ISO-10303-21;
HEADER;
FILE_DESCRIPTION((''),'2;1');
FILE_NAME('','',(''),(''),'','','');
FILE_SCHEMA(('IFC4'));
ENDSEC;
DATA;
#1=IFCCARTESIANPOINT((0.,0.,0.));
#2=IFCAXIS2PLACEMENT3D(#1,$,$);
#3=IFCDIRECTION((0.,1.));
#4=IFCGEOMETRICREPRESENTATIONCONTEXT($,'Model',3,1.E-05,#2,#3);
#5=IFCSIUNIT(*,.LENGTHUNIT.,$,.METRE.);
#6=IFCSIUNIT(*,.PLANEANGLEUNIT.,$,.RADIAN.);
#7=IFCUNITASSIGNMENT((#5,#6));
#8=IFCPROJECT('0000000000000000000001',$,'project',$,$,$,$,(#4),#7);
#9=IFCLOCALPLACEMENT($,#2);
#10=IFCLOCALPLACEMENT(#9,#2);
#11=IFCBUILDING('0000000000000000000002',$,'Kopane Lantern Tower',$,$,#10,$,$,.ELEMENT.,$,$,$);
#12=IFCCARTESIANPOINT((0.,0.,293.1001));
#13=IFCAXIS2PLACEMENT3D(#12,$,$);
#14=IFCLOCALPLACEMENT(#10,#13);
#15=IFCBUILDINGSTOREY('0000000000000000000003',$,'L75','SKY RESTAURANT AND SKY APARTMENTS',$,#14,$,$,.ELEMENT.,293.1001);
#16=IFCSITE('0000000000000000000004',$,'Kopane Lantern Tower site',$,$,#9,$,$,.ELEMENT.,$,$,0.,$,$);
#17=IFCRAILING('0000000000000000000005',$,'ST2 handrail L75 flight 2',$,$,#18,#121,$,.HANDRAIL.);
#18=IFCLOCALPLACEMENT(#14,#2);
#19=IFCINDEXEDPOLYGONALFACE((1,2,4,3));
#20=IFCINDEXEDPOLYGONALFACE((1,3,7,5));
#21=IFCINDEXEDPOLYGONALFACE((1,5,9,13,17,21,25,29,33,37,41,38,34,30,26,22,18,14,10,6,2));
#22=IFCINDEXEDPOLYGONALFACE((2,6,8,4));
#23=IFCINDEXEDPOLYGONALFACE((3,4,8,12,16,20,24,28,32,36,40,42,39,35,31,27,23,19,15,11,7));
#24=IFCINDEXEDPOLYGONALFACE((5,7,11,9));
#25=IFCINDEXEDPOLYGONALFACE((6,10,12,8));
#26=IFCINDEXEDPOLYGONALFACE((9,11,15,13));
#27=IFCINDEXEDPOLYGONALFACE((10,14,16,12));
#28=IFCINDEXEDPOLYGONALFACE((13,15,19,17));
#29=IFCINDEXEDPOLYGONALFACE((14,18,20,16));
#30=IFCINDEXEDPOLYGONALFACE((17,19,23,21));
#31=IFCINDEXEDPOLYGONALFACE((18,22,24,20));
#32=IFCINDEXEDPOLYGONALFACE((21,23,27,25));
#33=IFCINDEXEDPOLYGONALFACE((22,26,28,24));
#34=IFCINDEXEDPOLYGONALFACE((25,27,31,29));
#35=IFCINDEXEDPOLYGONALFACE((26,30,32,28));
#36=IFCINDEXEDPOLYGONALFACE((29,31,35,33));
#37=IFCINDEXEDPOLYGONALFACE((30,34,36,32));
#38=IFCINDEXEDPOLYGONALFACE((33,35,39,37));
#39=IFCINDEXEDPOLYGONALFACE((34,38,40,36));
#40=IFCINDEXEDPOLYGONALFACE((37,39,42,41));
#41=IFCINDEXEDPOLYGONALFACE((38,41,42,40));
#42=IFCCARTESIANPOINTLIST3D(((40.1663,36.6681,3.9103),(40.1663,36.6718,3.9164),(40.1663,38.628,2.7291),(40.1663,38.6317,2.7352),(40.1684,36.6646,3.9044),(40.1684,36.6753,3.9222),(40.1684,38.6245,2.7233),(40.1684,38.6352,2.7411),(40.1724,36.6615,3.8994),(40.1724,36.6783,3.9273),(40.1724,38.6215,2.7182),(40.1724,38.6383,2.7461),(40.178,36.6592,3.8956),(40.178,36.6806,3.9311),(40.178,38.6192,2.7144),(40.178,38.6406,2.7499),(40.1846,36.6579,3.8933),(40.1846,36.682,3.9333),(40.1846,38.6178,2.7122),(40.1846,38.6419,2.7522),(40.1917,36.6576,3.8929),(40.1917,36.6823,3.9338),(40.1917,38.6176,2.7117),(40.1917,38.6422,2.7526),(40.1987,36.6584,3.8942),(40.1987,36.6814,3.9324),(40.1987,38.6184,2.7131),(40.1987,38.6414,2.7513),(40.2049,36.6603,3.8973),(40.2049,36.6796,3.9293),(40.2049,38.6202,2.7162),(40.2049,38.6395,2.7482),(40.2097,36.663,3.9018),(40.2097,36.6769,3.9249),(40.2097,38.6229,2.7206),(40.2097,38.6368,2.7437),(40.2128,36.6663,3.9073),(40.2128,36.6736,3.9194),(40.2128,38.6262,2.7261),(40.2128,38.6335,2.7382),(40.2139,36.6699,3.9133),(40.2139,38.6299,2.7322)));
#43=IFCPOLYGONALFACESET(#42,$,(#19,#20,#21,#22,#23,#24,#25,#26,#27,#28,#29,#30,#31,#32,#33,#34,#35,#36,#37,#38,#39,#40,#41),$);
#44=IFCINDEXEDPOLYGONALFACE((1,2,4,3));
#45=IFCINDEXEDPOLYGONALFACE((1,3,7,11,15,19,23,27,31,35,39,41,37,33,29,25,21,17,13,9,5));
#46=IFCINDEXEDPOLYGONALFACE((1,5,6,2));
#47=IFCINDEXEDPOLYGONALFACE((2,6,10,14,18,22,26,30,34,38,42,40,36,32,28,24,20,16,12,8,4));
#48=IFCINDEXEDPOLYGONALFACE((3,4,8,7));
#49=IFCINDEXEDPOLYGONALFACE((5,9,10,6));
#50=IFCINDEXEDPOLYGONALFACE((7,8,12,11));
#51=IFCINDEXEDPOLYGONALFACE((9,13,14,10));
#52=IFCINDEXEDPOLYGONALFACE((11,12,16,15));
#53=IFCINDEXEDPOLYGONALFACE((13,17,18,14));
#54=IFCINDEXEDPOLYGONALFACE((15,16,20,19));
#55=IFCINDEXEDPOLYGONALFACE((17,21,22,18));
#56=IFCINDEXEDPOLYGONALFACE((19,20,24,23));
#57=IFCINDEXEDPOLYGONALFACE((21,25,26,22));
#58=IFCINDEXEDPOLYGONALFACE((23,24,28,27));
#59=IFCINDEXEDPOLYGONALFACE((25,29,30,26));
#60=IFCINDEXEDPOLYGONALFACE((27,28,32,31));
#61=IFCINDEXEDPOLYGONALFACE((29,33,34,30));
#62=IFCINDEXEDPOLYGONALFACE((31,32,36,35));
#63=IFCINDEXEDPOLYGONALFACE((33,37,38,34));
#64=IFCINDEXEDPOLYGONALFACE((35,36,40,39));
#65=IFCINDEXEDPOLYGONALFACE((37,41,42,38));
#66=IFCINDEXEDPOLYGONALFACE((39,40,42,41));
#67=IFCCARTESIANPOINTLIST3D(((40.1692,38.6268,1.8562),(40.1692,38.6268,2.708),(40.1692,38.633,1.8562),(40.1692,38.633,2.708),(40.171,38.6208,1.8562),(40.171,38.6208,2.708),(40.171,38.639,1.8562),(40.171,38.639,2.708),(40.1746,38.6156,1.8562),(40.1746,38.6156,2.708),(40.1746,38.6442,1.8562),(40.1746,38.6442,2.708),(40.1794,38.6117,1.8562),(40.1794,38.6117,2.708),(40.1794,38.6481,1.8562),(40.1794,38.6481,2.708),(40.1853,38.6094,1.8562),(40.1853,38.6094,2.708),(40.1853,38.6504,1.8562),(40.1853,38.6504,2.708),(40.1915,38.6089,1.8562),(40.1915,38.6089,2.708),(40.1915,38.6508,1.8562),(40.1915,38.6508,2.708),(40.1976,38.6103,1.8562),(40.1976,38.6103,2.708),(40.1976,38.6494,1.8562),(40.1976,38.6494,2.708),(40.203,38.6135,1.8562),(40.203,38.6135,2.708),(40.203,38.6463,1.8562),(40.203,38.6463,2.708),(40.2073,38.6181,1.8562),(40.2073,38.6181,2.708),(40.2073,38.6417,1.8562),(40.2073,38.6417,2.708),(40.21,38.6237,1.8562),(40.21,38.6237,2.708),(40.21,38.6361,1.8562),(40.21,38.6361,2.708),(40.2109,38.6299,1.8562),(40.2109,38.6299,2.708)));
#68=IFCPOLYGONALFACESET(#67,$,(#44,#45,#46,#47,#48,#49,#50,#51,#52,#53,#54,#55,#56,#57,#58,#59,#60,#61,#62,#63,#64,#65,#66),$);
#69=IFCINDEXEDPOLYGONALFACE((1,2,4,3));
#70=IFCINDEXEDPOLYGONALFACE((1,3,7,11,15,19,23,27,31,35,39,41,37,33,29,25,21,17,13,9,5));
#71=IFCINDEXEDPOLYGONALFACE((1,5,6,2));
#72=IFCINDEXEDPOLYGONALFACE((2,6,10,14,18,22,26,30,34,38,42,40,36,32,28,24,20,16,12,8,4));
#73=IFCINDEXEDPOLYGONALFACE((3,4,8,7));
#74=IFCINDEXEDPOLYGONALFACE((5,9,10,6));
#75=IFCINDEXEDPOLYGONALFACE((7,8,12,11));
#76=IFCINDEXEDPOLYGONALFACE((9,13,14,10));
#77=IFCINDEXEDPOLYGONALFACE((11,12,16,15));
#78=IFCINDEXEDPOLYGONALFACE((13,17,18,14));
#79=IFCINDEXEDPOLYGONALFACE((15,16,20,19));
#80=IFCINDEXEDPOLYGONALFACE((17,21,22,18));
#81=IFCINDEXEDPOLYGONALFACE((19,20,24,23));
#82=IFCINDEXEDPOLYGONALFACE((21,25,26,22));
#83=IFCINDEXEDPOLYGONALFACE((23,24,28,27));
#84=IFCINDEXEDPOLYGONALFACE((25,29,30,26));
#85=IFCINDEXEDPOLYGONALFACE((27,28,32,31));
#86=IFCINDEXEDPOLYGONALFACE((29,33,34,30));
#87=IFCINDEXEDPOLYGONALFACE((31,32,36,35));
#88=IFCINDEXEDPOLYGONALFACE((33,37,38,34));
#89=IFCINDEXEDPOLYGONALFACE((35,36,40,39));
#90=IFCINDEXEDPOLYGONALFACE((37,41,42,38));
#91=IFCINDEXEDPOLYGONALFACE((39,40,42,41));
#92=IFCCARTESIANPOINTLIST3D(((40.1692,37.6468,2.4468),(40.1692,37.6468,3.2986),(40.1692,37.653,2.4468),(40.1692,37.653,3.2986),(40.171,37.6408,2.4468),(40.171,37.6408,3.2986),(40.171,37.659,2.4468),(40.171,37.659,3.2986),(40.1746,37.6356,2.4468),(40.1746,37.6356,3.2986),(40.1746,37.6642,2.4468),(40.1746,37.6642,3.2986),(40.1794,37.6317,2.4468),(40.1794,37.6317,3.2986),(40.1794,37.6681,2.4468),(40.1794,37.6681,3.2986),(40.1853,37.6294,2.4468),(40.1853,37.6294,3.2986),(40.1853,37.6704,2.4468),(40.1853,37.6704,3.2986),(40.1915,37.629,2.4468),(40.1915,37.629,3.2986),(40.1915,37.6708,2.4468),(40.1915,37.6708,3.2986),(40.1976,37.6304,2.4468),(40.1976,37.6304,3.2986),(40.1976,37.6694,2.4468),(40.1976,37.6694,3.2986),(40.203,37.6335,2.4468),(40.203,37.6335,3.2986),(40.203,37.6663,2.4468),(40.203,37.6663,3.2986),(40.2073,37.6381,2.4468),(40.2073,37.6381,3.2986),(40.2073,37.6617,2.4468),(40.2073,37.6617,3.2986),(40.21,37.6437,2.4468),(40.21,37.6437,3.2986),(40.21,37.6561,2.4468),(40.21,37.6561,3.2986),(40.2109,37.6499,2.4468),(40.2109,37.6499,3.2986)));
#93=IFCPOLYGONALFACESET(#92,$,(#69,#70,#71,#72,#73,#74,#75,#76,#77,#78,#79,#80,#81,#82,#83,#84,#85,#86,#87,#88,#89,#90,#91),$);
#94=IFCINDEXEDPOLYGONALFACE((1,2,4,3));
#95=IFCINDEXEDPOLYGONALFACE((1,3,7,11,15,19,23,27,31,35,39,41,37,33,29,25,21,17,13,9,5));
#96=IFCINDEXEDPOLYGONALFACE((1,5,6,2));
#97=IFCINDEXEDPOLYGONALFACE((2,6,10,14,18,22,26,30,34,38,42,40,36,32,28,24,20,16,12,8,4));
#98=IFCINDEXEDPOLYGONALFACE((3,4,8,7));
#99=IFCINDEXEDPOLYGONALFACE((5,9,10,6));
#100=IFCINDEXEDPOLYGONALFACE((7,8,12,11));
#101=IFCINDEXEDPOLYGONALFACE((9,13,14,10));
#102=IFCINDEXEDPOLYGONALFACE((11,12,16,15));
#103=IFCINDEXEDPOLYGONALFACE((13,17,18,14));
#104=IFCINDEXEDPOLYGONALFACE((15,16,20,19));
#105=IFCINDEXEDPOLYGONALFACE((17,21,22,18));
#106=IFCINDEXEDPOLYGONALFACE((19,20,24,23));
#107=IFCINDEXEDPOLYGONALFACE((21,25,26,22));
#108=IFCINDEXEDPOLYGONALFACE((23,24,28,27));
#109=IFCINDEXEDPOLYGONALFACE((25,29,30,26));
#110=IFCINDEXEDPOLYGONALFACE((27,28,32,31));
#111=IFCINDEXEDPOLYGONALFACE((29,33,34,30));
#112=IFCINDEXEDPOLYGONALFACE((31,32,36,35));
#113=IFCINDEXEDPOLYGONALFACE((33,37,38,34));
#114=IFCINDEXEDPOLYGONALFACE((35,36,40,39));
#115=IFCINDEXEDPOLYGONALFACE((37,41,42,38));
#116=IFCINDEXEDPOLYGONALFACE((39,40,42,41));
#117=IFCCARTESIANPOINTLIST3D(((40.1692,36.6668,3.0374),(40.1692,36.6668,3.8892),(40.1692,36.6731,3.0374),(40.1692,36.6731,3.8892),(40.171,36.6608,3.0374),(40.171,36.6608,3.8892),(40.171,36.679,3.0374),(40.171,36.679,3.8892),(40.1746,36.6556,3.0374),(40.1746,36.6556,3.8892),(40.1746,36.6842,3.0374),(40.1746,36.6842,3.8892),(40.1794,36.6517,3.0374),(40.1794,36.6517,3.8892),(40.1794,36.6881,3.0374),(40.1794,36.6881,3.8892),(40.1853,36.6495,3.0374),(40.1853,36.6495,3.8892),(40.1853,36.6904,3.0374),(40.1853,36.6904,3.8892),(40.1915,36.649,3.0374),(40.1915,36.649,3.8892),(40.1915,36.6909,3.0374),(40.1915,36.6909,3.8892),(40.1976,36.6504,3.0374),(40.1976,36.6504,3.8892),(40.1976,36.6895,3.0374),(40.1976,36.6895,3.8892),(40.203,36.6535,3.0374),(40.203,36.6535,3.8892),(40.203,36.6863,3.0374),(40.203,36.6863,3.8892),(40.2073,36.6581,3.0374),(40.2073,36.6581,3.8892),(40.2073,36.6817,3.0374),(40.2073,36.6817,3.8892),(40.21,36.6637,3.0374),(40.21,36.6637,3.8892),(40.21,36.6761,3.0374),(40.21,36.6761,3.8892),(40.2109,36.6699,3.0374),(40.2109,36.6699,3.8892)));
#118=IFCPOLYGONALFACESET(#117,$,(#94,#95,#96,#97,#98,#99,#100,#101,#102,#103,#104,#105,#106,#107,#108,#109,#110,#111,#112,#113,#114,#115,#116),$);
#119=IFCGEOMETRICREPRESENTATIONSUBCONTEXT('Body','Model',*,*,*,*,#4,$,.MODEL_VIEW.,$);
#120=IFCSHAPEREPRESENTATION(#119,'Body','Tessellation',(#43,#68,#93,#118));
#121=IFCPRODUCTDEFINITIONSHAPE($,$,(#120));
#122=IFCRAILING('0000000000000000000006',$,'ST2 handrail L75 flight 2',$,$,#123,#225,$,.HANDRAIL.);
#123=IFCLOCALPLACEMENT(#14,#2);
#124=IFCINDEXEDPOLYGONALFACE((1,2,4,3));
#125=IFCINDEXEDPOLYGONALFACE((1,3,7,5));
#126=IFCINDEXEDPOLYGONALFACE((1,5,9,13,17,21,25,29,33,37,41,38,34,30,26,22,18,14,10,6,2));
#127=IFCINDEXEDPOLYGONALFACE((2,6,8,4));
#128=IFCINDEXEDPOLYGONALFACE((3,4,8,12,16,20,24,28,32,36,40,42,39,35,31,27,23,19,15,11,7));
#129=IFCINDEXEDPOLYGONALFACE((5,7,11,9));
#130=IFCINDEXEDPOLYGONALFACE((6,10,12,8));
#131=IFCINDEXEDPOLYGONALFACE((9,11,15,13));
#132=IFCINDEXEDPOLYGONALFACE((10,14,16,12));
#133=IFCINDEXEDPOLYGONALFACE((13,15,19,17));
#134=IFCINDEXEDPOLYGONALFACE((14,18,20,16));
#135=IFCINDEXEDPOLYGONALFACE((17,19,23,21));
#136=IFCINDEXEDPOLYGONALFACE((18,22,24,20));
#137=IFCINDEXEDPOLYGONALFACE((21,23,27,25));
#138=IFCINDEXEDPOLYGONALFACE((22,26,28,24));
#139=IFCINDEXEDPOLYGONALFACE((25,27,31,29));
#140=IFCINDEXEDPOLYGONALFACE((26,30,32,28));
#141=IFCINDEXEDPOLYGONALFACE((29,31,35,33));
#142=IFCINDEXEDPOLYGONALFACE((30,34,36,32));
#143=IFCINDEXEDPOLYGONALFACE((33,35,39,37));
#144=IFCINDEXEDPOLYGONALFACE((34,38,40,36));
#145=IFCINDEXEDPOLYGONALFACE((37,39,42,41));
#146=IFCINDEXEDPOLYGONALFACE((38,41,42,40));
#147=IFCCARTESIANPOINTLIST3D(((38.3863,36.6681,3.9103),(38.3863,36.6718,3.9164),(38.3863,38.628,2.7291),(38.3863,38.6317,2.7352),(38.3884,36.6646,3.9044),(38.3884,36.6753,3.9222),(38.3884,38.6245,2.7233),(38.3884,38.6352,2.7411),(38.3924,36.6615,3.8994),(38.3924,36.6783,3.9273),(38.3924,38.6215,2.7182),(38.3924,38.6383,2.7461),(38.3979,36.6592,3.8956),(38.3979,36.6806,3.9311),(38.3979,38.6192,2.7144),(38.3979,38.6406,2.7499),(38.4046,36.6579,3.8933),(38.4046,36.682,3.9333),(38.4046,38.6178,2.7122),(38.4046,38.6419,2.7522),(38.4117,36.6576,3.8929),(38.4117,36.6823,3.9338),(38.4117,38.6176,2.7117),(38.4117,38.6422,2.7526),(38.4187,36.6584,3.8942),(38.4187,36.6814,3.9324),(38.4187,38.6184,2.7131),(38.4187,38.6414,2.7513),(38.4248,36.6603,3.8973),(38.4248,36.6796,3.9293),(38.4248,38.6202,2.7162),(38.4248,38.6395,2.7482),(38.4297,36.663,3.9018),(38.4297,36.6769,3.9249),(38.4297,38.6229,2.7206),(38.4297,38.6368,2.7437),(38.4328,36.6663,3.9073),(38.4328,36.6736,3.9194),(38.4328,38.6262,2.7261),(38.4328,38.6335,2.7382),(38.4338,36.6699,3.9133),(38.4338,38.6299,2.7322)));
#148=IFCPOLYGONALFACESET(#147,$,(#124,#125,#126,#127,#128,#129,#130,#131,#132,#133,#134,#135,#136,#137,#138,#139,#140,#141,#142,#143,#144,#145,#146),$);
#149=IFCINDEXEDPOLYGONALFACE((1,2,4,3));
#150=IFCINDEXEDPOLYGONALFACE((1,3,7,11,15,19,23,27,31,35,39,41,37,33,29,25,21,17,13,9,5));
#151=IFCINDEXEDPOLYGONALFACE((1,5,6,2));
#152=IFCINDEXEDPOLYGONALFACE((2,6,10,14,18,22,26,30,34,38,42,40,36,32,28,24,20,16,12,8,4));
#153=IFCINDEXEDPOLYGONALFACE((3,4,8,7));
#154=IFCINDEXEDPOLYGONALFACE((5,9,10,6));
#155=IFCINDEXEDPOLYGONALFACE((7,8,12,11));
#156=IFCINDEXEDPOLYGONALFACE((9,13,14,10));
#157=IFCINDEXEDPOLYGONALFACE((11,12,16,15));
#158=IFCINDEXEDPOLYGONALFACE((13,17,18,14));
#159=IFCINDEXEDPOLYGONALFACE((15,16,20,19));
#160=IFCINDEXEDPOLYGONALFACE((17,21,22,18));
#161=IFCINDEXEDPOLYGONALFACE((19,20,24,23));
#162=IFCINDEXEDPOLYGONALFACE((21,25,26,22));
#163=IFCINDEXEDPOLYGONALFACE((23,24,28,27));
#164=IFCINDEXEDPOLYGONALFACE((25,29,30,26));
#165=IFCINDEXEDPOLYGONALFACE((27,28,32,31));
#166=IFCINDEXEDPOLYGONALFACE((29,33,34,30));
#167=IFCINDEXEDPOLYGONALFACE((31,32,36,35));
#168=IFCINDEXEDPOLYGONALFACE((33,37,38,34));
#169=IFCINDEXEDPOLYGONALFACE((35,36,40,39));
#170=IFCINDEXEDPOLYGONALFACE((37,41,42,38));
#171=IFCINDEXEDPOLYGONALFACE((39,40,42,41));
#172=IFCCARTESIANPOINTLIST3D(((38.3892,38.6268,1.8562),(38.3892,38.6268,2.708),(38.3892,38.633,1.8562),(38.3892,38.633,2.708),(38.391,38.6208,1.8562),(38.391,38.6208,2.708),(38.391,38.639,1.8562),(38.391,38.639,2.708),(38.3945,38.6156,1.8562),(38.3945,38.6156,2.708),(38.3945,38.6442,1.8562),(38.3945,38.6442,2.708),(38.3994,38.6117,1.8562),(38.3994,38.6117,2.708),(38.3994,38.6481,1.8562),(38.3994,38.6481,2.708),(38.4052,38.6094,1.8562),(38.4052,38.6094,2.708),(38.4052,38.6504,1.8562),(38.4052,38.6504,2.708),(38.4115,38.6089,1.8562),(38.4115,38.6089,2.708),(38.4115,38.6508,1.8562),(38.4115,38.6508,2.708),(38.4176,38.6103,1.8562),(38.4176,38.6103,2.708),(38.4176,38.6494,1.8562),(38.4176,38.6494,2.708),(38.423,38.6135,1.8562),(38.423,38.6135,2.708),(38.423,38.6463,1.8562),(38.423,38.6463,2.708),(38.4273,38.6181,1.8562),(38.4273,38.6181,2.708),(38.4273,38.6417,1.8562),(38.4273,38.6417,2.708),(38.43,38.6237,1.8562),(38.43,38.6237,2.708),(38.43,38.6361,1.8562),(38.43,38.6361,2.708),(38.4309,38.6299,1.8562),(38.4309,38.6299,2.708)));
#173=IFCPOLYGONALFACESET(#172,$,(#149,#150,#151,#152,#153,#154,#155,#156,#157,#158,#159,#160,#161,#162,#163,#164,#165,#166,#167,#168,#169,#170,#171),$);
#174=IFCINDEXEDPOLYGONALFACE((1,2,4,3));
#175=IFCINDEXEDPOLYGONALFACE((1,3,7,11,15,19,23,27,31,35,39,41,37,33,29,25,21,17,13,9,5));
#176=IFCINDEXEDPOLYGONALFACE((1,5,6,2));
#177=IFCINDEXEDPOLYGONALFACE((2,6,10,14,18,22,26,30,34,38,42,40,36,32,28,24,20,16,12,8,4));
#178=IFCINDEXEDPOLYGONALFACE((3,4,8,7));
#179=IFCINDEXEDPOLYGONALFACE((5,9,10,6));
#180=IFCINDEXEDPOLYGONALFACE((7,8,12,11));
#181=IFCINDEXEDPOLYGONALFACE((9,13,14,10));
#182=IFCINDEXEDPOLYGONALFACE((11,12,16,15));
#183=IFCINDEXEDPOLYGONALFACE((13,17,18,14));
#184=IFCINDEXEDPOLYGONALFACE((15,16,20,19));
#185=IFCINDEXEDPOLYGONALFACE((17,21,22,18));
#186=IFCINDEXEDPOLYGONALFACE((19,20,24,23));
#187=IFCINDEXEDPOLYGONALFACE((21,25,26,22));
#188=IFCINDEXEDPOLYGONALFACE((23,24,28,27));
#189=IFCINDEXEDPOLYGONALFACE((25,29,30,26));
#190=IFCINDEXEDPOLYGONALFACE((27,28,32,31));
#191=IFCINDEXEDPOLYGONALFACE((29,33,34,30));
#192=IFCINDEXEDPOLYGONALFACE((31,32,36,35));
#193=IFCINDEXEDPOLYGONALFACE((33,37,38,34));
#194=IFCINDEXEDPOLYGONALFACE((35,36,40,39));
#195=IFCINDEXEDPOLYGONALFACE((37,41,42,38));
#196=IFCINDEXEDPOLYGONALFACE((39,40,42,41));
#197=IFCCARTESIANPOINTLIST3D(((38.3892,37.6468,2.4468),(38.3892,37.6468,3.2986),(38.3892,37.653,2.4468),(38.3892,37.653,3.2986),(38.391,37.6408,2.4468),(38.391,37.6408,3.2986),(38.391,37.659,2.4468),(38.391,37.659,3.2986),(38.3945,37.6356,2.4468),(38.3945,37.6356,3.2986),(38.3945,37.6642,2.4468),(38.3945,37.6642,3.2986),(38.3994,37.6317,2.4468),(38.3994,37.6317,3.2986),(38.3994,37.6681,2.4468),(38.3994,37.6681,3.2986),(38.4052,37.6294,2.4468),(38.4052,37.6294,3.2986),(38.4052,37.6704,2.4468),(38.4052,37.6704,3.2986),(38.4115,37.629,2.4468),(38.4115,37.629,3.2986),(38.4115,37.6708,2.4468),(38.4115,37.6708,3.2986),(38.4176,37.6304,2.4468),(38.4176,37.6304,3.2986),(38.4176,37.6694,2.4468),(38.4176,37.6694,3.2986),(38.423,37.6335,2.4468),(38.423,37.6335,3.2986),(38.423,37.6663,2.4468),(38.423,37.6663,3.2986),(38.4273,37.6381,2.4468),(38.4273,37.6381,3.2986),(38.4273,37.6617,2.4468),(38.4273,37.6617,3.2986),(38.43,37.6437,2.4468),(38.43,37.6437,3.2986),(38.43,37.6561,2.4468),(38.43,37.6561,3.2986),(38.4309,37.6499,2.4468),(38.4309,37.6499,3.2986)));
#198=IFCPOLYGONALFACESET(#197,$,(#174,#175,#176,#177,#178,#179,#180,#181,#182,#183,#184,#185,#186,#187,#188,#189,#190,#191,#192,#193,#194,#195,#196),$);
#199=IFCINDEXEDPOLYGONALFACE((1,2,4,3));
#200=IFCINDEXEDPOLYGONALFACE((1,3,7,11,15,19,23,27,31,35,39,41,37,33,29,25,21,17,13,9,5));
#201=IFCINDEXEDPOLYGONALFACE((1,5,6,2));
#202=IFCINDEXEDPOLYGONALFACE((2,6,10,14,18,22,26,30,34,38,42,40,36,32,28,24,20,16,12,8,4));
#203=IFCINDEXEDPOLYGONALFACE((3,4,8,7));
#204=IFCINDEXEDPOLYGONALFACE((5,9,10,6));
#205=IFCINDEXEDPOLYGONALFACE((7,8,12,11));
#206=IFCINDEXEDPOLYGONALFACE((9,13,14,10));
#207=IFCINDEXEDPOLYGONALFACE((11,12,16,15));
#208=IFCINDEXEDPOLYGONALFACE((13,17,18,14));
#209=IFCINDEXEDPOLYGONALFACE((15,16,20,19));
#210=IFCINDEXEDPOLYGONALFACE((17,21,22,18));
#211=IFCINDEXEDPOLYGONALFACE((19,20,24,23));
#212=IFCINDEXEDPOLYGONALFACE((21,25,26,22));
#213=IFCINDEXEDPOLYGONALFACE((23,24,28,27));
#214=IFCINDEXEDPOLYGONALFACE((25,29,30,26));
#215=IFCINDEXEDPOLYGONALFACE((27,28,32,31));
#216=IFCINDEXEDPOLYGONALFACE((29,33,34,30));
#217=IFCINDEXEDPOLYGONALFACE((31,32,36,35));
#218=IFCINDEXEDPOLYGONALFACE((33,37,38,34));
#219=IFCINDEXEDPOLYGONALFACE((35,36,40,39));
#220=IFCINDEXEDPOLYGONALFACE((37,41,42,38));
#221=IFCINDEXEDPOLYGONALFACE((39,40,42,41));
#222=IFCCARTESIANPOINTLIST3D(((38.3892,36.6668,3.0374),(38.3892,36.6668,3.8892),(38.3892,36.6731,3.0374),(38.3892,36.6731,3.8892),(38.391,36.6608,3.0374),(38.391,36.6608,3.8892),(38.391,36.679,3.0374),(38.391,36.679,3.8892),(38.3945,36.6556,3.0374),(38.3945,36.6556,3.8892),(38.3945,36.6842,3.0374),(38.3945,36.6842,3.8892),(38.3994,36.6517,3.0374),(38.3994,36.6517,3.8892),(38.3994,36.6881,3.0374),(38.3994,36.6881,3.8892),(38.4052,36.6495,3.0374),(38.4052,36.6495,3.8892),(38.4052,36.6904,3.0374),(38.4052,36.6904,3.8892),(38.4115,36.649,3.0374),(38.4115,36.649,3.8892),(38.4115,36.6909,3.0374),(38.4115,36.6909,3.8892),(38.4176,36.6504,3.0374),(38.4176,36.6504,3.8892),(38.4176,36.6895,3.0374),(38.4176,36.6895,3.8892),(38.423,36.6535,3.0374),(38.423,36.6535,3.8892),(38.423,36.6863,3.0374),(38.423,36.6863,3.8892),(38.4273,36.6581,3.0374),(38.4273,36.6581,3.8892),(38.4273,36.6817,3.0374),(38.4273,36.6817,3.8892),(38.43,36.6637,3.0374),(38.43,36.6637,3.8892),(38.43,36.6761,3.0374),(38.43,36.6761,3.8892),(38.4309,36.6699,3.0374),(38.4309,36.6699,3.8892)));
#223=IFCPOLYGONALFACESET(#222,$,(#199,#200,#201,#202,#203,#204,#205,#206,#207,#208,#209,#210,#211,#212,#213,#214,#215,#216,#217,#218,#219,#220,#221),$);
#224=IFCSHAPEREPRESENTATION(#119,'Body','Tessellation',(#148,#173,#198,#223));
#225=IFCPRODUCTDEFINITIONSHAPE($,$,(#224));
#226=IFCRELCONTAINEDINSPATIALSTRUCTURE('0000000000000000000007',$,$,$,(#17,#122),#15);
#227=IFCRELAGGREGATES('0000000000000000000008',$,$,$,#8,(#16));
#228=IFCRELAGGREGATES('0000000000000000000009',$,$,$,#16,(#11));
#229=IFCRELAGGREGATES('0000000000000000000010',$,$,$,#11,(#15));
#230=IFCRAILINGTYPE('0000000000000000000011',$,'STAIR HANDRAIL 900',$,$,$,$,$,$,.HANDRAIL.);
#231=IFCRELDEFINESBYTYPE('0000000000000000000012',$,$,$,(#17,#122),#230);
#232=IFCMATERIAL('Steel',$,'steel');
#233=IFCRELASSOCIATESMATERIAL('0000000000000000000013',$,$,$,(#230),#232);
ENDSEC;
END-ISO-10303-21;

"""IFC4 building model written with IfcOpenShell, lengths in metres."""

from ifc_helpers import new_model, si_unit, direction, frame, origin, origin_2d, place, context, subcontext, project, spatial, circle, extrude, material, type_object, element, save


model = new_model("IFC4")

# Units and contexts
model_context = context("Model", 3, precision=1e-05, world=origin(), true_north=direction((0.0, 1.0)))
body_context = subcontext(model_context, "Body", "Model", "MODEL_VIEW")
ifc_project = project(units=[si_unit("LENGTHUNIT", "METRE"), si_unit("PLANEANGLEUNIT", "RADIAN")], contexts=[model_context])

# Site, building, storey
site_placement = place(None, origin())
site = spatial("IfcSite", under=ifc_project, at=site_placement, Name="Kopane Lantern Tower site", CompositionType="ELEMENT", RefElevation=0.0)
building_placement = place(site_placement, origin())
building = spatial("IfcBuilding", under=site, at=building_placement, Name="Kopane Lantern Tower", CompositionType="ELEMENT")
storey_placement = place(building_placement, frame((0.0, 0.0, 293.1001)))
storey = spatial("IfcBuildingStorey", under=building, at=storey_placement, Name="L75", Description="SKY RESTAURANT AND SKY APARTMENTS", CompositionType="ELEMENT", Elevation=293.1001)

# Railings
ifc_material_1 = material(Name="Steel", Category="steel")
railing_type = type_object("IfcRailingType", Name="STAIR HANDRAIL 900", PredefinedType="HANDRAIL", material=ifc_material_1)
for number, where, name in (
    (1, (40.1899, 38.6299, 1.8562), "ST2 handrail L75 flight 2"),
    (2, (38.4099, 38.6299, 1.8562), "ST2 handrail L75 flight 2"),
):
    element("IfcRailing", number, at=place(storey_placement, frame(where)), inside=storey, type_object=railing_type, Name=name, PredefinedType="HANDRAIL", context=body_context, shape_type="SweptSolid", body=[
        extrude(circle(Radius=0.0239, at=origin_2d()), frame((0.0, 0.0, 0.876), z_axis=(0.0, -0.856493, 0.516158), x_axis=(1.0, 0.0, 0.0)), (0.0, 0.0, 1.0), 2.2883),
        extrude(circle(Radius=0.021, at=origin_2d()), origin(), (0.0, 0.0, 1.0), 0.8518),
        extrude(circle(Radius=0.021, at=origin_2d()), frame((0.0, -0.98, 0.5906)), (0.0, 0.0, 1.0), 0.8518),
        extrude(circle(Radius=0.021, at=origin_2d()), frame((0.0, -1.96, 1.1812)), (0.0, 0.0, 1.0), 0.8518),
    ])

save(model, "model.ifc")
